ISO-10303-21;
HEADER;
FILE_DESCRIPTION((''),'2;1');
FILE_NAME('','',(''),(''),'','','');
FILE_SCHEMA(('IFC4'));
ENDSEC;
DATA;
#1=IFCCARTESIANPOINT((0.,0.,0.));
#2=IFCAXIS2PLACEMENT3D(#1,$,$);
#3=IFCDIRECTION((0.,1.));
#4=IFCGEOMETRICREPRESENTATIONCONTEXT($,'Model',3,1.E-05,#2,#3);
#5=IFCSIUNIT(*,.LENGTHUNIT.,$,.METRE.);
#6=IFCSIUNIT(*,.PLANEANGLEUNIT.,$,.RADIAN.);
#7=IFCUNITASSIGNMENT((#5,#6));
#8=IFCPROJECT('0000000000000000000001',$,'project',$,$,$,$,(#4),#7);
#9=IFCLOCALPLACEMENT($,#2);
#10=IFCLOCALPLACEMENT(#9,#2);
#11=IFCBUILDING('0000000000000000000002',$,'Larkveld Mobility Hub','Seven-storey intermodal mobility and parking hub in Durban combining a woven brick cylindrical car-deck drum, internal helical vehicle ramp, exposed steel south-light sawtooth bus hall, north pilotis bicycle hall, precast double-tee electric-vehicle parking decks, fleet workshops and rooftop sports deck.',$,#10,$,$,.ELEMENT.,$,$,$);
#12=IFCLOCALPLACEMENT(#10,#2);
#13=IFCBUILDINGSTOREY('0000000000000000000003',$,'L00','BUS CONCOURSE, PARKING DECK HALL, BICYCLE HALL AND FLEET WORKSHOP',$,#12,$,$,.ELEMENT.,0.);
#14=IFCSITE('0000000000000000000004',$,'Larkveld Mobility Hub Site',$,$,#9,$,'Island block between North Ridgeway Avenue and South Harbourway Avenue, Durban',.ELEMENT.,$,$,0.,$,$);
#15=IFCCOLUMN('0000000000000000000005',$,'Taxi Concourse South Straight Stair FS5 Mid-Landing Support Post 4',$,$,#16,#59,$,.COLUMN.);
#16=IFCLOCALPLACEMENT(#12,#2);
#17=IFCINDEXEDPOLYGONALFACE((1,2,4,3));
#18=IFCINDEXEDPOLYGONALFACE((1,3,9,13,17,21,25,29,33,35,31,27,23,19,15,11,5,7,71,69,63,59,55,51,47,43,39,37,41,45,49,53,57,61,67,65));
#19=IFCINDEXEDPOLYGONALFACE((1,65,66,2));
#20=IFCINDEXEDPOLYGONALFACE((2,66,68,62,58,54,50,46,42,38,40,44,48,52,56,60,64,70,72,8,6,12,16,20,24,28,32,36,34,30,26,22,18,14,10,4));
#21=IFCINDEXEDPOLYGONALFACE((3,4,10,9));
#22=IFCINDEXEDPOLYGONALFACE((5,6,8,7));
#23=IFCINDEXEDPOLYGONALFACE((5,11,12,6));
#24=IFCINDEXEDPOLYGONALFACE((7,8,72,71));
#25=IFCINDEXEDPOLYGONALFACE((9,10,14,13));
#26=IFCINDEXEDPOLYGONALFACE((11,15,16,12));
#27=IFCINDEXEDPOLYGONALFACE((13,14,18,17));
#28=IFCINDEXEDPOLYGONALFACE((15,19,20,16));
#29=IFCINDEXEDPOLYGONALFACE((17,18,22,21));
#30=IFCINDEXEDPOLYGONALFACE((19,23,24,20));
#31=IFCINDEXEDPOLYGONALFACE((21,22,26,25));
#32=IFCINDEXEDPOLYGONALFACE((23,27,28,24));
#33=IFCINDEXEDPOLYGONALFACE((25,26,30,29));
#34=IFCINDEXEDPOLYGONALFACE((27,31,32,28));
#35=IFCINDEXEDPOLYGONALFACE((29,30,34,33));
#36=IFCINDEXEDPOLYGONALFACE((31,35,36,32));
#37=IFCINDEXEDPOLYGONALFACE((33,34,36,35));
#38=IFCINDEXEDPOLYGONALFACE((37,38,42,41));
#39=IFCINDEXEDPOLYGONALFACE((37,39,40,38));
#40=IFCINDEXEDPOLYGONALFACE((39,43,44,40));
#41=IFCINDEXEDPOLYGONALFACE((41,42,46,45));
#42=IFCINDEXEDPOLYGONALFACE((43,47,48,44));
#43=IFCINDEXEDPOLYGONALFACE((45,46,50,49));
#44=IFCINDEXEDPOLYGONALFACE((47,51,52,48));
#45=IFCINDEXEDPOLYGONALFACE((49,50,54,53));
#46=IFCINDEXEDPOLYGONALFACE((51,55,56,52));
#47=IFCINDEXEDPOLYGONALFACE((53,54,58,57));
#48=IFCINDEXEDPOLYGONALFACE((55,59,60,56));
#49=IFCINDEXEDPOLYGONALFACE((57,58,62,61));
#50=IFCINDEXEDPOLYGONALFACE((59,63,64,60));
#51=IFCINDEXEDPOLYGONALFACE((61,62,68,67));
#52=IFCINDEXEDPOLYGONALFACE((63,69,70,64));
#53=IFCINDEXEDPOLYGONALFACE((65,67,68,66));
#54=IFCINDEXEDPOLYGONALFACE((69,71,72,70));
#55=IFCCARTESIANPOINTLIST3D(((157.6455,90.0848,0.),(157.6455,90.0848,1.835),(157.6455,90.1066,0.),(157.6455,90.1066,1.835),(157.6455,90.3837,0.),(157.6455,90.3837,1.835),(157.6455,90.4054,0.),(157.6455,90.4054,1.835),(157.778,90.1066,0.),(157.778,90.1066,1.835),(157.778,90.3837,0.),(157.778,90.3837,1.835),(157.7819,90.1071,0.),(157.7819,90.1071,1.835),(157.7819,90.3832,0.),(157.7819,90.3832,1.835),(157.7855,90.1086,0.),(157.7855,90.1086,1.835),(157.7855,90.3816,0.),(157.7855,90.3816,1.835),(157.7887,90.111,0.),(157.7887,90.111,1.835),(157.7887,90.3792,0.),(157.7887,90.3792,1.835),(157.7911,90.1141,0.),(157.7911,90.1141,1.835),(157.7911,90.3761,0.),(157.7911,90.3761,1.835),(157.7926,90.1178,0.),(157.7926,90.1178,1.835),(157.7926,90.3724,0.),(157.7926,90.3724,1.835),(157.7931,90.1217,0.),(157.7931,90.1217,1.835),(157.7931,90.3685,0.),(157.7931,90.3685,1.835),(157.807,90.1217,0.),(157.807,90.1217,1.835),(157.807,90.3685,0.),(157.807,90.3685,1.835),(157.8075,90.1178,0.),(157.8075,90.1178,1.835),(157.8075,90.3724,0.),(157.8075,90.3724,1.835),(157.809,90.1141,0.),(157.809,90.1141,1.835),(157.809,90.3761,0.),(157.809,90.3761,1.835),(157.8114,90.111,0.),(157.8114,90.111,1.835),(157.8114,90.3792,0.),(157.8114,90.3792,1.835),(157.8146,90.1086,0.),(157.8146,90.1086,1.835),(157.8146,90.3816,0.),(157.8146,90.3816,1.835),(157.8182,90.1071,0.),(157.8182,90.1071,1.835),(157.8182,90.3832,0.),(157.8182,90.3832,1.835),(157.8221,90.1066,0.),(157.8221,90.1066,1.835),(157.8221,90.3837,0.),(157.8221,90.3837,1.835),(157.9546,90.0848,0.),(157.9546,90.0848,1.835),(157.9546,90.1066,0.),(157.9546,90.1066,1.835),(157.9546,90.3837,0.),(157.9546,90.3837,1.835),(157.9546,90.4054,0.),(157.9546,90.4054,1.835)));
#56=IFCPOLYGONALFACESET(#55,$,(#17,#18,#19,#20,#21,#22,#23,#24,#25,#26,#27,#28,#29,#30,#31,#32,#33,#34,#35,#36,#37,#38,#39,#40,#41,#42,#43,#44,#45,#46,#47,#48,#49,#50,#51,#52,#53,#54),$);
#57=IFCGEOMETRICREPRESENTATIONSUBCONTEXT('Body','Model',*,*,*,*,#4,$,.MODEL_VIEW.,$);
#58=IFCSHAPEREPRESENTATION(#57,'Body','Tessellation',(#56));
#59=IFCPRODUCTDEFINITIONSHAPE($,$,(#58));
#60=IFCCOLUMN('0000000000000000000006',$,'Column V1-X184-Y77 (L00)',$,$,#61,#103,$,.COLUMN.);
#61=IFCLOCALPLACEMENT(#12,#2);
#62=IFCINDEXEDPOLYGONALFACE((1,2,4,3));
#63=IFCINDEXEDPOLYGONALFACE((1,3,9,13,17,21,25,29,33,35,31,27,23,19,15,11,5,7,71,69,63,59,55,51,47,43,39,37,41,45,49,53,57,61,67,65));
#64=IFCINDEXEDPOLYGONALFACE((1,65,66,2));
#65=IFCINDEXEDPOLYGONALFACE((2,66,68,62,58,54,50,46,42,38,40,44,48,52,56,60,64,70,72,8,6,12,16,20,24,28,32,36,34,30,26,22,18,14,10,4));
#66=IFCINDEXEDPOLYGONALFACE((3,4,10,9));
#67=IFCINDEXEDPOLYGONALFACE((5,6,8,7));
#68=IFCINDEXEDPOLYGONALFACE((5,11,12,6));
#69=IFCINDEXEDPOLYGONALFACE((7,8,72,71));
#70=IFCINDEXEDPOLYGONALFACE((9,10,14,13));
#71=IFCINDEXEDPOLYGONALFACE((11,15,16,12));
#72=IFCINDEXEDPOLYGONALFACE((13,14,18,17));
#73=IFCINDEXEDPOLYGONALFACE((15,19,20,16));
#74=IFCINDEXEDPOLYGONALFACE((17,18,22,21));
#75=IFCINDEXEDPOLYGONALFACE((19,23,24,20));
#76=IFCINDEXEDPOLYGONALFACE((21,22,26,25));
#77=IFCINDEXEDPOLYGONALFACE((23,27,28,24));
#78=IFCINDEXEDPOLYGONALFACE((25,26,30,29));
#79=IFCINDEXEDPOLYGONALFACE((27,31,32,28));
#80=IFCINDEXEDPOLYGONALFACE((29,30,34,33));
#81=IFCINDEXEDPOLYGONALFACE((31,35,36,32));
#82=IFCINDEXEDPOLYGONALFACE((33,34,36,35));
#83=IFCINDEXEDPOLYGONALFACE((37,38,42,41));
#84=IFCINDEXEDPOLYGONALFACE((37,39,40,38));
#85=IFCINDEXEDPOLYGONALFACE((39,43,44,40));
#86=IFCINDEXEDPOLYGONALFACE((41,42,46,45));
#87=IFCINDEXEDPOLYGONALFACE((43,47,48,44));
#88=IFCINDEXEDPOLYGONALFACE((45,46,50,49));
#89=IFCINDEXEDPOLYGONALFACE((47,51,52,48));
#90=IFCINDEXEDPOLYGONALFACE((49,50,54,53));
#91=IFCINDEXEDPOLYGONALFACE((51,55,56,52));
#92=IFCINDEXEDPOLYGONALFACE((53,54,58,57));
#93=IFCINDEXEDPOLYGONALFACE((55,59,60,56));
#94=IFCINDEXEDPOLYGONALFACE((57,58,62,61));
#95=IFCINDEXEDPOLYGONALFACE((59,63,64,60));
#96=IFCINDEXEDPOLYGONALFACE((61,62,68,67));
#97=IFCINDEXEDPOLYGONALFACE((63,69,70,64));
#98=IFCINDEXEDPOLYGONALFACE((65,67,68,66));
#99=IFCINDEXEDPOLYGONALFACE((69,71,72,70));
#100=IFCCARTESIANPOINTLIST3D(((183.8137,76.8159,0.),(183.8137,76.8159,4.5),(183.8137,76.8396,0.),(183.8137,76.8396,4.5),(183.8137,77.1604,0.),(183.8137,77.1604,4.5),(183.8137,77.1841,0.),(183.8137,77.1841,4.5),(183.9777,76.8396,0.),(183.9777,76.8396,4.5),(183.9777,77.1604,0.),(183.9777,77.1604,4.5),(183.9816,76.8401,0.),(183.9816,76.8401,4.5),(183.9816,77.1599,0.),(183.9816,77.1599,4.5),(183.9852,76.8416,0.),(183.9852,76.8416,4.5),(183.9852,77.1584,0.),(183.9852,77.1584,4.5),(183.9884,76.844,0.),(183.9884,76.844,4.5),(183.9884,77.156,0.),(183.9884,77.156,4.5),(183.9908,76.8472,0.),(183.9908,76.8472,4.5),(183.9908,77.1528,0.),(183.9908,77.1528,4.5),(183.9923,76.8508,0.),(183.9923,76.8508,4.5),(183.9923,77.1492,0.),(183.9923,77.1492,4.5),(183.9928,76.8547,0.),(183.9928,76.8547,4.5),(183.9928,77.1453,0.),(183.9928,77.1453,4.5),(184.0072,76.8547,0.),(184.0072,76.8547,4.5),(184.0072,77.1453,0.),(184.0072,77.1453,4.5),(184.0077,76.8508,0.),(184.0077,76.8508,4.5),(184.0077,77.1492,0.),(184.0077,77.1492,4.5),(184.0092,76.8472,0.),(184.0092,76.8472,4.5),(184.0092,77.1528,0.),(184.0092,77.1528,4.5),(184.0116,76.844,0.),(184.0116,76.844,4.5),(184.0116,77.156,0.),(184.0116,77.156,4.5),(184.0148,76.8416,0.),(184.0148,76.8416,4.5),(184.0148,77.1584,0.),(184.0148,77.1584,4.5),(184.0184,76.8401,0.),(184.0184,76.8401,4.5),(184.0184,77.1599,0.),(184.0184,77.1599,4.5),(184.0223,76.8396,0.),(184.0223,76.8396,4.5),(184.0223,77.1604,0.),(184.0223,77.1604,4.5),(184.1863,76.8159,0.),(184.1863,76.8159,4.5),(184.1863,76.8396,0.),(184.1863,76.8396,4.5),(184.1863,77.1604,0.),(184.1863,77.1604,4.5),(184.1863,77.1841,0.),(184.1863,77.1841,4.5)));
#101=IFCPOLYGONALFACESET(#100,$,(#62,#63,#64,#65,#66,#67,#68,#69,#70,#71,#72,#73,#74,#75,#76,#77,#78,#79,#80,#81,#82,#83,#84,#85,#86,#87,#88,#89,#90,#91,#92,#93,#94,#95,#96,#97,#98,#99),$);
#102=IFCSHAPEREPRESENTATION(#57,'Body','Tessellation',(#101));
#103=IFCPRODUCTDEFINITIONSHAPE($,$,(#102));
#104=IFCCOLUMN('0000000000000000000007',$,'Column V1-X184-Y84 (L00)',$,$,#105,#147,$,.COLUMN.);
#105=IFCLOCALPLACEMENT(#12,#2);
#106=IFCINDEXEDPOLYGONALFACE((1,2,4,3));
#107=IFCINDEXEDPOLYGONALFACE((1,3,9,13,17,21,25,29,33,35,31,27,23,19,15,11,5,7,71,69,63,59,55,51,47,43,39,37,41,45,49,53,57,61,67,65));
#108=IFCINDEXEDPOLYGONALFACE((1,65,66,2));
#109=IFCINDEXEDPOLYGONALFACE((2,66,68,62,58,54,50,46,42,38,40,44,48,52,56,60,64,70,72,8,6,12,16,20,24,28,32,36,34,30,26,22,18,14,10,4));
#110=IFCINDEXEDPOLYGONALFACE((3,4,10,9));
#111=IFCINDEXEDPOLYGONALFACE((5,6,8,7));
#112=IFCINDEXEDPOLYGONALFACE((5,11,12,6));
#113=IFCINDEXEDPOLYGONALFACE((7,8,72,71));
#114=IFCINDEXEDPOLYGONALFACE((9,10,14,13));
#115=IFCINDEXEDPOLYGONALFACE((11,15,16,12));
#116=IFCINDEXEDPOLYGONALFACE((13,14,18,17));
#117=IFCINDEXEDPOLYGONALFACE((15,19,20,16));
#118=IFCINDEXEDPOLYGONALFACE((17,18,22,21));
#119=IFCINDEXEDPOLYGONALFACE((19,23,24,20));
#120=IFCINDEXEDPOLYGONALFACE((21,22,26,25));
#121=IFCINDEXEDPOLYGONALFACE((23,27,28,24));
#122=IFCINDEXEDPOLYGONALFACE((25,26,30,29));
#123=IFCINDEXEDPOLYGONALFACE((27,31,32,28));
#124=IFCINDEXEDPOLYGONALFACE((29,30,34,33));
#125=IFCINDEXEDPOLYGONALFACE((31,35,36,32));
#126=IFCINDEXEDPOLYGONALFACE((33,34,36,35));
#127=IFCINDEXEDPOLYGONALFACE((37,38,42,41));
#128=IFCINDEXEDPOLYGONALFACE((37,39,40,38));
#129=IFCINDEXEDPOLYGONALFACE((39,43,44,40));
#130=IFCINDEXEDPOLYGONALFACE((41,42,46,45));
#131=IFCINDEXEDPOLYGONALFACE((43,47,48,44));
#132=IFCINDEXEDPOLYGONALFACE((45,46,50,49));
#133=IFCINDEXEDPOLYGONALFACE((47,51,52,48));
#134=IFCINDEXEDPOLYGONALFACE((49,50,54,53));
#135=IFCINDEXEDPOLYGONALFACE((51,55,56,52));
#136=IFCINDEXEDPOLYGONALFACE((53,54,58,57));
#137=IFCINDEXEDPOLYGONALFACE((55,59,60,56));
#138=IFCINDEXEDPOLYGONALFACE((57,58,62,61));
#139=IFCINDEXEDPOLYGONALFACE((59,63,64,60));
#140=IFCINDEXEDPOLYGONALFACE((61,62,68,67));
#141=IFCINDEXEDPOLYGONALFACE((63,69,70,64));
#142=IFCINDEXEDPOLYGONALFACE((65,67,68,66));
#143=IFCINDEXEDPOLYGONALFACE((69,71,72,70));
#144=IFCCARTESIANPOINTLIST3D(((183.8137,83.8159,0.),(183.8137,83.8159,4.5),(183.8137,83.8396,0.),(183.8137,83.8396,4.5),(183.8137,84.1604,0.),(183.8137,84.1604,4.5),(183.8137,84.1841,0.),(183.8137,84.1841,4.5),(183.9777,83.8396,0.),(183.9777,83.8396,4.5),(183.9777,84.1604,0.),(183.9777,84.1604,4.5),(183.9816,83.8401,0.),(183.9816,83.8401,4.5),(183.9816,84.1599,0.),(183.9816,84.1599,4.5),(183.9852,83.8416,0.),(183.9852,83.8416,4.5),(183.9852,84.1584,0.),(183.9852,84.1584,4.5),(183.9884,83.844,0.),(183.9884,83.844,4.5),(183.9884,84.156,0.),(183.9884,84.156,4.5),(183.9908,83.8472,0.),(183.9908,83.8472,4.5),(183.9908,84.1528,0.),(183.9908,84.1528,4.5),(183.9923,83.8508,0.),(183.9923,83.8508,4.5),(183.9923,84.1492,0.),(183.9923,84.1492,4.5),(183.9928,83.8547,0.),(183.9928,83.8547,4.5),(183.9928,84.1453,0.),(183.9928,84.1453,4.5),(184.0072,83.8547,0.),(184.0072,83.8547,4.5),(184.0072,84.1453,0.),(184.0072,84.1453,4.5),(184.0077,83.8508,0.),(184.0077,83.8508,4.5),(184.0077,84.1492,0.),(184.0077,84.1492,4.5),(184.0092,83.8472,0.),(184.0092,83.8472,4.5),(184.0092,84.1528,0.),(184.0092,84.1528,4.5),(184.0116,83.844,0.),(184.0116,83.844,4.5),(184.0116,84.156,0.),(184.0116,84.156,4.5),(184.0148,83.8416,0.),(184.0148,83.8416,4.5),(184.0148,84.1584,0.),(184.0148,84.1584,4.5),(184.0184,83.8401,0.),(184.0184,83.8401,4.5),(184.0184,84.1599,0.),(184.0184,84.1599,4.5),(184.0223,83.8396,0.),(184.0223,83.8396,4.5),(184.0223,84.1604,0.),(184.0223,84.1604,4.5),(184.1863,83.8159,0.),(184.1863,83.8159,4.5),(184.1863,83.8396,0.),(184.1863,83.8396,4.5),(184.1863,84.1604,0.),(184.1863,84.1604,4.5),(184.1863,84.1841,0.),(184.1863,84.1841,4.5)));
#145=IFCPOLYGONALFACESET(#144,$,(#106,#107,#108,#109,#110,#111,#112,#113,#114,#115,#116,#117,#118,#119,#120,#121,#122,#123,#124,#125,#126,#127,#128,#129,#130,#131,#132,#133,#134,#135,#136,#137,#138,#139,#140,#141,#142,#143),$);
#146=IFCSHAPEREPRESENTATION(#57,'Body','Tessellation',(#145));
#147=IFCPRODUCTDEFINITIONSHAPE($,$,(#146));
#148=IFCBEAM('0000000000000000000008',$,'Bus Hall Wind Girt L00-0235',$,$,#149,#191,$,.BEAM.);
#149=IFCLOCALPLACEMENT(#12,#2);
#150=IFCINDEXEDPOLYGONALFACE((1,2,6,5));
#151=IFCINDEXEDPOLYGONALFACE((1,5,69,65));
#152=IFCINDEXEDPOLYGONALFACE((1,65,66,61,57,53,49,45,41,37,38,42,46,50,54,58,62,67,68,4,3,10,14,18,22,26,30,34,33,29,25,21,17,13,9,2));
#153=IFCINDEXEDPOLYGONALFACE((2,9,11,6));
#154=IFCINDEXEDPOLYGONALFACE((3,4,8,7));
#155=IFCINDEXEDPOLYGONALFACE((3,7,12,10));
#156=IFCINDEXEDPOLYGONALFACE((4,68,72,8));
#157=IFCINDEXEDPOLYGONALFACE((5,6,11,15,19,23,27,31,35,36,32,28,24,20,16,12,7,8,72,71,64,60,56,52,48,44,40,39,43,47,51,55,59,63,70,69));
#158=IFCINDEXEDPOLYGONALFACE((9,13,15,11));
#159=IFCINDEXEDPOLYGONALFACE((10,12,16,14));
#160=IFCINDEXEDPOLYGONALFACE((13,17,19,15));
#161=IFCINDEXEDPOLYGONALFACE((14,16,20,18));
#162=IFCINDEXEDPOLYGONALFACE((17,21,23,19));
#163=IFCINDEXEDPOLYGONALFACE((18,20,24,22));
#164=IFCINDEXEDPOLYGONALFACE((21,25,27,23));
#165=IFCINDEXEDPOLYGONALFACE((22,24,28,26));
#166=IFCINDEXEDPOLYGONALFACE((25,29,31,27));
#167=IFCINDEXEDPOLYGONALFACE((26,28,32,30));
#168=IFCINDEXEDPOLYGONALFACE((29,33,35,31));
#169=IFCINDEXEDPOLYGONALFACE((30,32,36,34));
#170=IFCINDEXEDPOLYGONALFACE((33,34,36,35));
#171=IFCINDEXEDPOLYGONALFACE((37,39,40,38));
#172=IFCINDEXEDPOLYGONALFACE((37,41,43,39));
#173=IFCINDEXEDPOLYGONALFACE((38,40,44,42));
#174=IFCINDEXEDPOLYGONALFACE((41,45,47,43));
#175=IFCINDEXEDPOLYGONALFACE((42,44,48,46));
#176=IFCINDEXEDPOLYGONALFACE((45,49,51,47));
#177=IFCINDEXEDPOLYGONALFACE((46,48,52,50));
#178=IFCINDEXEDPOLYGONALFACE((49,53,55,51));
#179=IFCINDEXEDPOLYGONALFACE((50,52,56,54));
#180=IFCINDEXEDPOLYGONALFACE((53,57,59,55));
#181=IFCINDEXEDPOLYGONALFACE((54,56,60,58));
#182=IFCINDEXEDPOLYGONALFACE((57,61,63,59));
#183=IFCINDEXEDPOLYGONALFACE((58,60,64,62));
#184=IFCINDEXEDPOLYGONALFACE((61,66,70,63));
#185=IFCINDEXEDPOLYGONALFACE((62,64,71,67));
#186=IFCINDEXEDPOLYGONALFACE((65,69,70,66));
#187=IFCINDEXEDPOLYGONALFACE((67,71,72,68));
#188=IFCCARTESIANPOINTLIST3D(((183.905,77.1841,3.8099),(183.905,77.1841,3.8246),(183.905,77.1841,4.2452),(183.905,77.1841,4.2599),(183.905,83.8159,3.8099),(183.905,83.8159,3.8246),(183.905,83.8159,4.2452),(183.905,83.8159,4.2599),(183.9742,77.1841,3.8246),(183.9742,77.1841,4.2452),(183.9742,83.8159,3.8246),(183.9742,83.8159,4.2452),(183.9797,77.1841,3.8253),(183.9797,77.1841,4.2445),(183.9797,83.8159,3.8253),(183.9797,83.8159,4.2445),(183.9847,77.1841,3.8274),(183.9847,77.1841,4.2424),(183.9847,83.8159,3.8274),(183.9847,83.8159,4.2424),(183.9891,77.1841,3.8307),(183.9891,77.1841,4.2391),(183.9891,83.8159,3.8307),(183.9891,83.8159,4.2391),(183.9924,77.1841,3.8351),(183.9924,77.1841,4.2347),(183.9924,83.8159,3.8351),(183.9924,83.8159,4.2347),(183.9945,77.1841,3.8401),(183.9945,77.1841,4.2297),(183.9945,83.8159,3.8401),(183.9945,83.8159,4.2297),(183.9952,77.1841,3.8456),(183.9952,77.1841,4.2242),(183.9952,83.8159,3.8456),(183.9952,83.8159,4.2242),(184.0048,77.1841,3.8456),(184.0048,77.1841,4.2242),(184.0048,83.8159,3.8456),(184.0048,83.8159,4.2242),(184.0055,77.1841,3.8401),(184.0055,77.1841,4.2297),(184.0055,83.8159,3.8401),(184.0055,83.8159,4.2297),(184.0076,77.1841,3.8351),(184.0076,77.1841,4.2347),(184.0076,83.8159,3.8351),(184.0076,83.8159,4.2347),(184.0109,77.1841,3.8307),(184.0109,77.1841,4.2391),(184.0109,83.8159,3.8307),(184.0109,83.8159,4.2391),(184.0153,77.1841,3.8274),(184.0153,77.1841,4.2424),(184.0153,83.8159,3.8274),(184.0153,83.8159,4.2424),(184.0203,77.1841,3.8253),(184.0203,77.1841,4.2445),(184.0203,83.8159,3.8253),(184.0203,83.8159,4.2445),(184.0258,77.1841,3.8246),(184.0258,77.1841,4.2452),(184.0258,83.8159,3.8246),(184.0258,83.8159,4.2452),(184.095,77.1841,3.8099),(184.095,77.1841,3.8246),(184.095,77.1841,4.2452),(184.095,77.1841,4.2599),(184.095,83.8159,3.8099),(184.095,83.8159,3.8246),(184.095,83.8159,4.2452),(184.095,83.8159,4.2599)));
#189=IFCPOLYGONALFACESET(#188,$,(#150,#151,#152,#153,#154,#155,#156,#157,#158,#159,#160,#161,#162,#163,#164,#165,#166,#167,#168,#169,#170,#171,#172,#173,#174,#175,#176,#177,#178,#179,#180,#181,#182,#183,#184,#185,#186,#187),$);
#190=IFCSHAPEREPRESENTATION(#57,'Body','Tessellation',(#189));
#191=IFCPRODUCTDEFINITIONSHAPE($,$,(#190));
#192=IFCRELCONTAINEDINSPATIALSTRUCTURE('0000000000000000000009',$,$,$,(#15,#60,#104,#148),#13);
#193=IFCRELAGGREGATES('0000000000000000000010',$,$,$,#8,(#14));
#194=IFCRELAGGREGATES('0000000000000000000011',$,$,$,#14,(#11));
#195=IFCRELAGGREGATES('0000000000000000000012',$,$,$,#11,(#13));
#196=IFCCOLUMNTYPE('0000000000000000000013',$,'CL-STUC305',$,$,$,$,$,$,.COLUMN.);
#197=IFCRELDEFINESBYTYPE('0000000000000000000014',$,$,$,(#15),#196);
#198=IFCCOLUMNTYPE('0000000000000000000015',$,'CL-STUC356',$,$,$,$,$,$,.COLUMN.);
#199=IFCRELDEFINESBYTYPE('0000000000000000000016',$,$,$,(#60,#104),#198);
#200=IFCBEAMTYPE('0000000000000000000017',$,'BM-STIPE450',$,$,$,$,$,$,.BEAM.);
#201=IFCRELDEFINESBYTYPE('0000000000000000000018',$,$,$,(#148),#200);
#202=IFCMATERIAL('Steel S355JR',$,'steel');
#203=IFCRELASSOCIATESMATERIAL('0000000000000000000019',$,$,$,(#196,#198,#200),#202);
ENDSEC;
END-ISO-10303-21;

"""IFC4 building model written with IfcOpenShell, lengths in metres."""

from ifc_helpers import new_model, si_unit, direction, frame, origin, origin_2d, place, context, subcontext, project, spatial, i_section, extrude, material, material_profile, profile_set, type_object, element, save


model = new_model("IFC4")

# Units and contexts
model_context = context("Model", 3, precision=1e-05, world=origin(), true_north=direction((0.0, 1.0)))
body_context = subcontext(model_context, "Body", "Model", "MODEL_VIEW")
ifc_project = project(units=[si_unit("LENGTHUNIT", "METRE"), si_unit("PLANEANGLEUNIT", "RADIAN")], contexts=[model_context])

# Site, building, storey
site_placement = place(None, origin())
site = spatial("IfcSite", under=ifc_project, at=site_placement, Name="Larkveld Mobility Hub Site", LongName="Island block between North Ridgeway Avenue and South Harbourway Avenue, Durban", CompositionType="ELEMENT", RefElevation=0.0)
building_placement = place(site_placement, origin())
building = spatial("IfcBuilding", under=site, at=building_placement, Name="Larkveld Mobility Hub", Description="Seven-storey intermodal mobility and parking hub in Durban combining a woven brick cylindrical car-deck drum, internal helical vehicle ramp, exposed steel south-light sawtooth bus hall, north pilotis bicycle hall, precast double-tee electric-vehicle parking decks, fleet workshops and rooftop sports deck.", CompositionType="ELEMENT")
storey_placement = place(building_placement, origin())
storey = spatial("IfcBuildingStorey", under=building, at=storey_placement, Name="L00", Description="BUS CONCOURSE, PARKING DECK HALL, BICYCLE HALL AND FLEET WORKSHOP", CompositionType="ELEMENT", Elevation=0.0)

# Columns
ifc_material_1 = material(Name="Steel S355JR", Category="steel")
ifc_material_profile_1 = material_profile(ifc_material_1, i_section(OverallWidth=0.3091, OverallDepth=0.3206, WebThickness=0.0139, FlangeThickness=0.0217, FilletRadius=0.0151, at=origin_2d()), Name="UC 305x305x137")
ifc_profile_set_1 = profile_set([ifc_material_profile_1], Name="Steel S355JR")
column_type_1 = type_object("IfcColumnType", Name="CL-STUC305", PredefinedType="COLUMN", material=ifc_profile_set_1)
for number, where, z_axis, x_axis, name in (
    (1, (157.8, 90.2451, 0.0), (0.0, 0.0, 1.0), (1.0, 0.0, 0.0), "Taxi Concourse South Straight Stair FS5 Mid-Landing Support Post 4"),
):
    element("IfcColumn", number, at=place(storey_placement, frame(where, z_axis=z_axis, x_axis=x_axis)), inside=storey, type_object=column_type_1, Name=name, PredefinedType="COLUMN", context=body_context, shape_type="SweptSolid", body=[
        extrude(i_section(OverallWidth=0.3091, OverallDepth=0.3206, WebThickness=0.0139, FlangeThickness=0.0217, FilletRadius=0.0151, at=origin_2d()), origin(), (0.0, 0.0, 1.0), 1.835),
    ])
ifc_material_profile_2 = material_profile(ifc_material_1, i_section(OverallWidth=0.3726, OverallDepth=0.3682, WebThickness=0.0144, FlangeThickness=0.0237, FilletRadius=0.0151, at=origin_2d()), Name="UC 356x368x177")
ifc_profile_set_2 = profile_set([ifc_material_profile_2], Name="Steel S355JR")
column_type_2 = type_object("IfcColumnType", Name="CL-STUC356", PredefinedType="COLUMN", material=ifc_profile_set_2)
for number, where, z_axis, x_axis, name in (
    (2, (184.0, 77.0, 0.0), (0.0, 0.0, 1.0), (1.0, 0.0, 0.0), "Column V1-X184-Y77 (L00)"),
    (3, (184.0, 84.0, 0.0), (0.0, 0.0, 1.0), (1.0, 0.0, 0.0), "Column V1-X184-Y84 (L00)"),
):
    element("IfcColumn", number, at=place(storey_placement, frame(where, z_axis=z_axis, x_axis=x_axis)), inside=storey, type_object=column_type_2, Name=name, PredefinedType="COLUMN", context=body_context, shape_type="SweptSolid", body=[
        extrude(i_section(OverallWidth=0.3726, OverallDepth=0.3682, WebThickness=0.0144, FlangeThickness=0.0237, FilletRadius=0.0151, at=origin_2d()), origin(), (0.0, 0.0, 1.0), 4.5),
    ])

# Beam
ifc_material_profile_3 = material_profile(ifc_material_1, i_section(OverallWidth=0.1899, OverallDepth=0.45, WebThickness=0.0095, FlangeThickness=0.0146, FilletRadius=0.021, at=origin_2d()), Name="IPE 450")
ifc_profile_set_3 = profile_set([ifc_material_profile_3], Name="Steel S355JR")
beam_type = type_object("IfcBeamType", Name="BM-STIPE450", PredefinedType="BEAM", material=ifc_profile_set_3)
for number, where, z_axis, x_axis, name in (
    (4, (184.0, 77.1841, 4.0349), (0.0, 1.0, 0.0), (-1.0, 0.0, 0.0), "Bus Hall Wind Girt L00-0235"),
):
    element("IfcBeam", number, at=place(storey_placement, frame(where, z_axis=z_axis, x_axis=x_axis)), inside=storey, type_object=beam_type, Name=name, PredefinedType="BEAM", context=body_context, shape_type="SweptSolid", body=[
        extrude(i_section(OverallWidth=0.1899, OverallDepth=0.45, WebThickness=0.0095, FlangeThickness=0.0146, FilletRadius=0.021, at=origin_2d()), origin(), (0.0, 0.0, 1.0), 6.6318),
    ])

save(model, "model.ifc")
